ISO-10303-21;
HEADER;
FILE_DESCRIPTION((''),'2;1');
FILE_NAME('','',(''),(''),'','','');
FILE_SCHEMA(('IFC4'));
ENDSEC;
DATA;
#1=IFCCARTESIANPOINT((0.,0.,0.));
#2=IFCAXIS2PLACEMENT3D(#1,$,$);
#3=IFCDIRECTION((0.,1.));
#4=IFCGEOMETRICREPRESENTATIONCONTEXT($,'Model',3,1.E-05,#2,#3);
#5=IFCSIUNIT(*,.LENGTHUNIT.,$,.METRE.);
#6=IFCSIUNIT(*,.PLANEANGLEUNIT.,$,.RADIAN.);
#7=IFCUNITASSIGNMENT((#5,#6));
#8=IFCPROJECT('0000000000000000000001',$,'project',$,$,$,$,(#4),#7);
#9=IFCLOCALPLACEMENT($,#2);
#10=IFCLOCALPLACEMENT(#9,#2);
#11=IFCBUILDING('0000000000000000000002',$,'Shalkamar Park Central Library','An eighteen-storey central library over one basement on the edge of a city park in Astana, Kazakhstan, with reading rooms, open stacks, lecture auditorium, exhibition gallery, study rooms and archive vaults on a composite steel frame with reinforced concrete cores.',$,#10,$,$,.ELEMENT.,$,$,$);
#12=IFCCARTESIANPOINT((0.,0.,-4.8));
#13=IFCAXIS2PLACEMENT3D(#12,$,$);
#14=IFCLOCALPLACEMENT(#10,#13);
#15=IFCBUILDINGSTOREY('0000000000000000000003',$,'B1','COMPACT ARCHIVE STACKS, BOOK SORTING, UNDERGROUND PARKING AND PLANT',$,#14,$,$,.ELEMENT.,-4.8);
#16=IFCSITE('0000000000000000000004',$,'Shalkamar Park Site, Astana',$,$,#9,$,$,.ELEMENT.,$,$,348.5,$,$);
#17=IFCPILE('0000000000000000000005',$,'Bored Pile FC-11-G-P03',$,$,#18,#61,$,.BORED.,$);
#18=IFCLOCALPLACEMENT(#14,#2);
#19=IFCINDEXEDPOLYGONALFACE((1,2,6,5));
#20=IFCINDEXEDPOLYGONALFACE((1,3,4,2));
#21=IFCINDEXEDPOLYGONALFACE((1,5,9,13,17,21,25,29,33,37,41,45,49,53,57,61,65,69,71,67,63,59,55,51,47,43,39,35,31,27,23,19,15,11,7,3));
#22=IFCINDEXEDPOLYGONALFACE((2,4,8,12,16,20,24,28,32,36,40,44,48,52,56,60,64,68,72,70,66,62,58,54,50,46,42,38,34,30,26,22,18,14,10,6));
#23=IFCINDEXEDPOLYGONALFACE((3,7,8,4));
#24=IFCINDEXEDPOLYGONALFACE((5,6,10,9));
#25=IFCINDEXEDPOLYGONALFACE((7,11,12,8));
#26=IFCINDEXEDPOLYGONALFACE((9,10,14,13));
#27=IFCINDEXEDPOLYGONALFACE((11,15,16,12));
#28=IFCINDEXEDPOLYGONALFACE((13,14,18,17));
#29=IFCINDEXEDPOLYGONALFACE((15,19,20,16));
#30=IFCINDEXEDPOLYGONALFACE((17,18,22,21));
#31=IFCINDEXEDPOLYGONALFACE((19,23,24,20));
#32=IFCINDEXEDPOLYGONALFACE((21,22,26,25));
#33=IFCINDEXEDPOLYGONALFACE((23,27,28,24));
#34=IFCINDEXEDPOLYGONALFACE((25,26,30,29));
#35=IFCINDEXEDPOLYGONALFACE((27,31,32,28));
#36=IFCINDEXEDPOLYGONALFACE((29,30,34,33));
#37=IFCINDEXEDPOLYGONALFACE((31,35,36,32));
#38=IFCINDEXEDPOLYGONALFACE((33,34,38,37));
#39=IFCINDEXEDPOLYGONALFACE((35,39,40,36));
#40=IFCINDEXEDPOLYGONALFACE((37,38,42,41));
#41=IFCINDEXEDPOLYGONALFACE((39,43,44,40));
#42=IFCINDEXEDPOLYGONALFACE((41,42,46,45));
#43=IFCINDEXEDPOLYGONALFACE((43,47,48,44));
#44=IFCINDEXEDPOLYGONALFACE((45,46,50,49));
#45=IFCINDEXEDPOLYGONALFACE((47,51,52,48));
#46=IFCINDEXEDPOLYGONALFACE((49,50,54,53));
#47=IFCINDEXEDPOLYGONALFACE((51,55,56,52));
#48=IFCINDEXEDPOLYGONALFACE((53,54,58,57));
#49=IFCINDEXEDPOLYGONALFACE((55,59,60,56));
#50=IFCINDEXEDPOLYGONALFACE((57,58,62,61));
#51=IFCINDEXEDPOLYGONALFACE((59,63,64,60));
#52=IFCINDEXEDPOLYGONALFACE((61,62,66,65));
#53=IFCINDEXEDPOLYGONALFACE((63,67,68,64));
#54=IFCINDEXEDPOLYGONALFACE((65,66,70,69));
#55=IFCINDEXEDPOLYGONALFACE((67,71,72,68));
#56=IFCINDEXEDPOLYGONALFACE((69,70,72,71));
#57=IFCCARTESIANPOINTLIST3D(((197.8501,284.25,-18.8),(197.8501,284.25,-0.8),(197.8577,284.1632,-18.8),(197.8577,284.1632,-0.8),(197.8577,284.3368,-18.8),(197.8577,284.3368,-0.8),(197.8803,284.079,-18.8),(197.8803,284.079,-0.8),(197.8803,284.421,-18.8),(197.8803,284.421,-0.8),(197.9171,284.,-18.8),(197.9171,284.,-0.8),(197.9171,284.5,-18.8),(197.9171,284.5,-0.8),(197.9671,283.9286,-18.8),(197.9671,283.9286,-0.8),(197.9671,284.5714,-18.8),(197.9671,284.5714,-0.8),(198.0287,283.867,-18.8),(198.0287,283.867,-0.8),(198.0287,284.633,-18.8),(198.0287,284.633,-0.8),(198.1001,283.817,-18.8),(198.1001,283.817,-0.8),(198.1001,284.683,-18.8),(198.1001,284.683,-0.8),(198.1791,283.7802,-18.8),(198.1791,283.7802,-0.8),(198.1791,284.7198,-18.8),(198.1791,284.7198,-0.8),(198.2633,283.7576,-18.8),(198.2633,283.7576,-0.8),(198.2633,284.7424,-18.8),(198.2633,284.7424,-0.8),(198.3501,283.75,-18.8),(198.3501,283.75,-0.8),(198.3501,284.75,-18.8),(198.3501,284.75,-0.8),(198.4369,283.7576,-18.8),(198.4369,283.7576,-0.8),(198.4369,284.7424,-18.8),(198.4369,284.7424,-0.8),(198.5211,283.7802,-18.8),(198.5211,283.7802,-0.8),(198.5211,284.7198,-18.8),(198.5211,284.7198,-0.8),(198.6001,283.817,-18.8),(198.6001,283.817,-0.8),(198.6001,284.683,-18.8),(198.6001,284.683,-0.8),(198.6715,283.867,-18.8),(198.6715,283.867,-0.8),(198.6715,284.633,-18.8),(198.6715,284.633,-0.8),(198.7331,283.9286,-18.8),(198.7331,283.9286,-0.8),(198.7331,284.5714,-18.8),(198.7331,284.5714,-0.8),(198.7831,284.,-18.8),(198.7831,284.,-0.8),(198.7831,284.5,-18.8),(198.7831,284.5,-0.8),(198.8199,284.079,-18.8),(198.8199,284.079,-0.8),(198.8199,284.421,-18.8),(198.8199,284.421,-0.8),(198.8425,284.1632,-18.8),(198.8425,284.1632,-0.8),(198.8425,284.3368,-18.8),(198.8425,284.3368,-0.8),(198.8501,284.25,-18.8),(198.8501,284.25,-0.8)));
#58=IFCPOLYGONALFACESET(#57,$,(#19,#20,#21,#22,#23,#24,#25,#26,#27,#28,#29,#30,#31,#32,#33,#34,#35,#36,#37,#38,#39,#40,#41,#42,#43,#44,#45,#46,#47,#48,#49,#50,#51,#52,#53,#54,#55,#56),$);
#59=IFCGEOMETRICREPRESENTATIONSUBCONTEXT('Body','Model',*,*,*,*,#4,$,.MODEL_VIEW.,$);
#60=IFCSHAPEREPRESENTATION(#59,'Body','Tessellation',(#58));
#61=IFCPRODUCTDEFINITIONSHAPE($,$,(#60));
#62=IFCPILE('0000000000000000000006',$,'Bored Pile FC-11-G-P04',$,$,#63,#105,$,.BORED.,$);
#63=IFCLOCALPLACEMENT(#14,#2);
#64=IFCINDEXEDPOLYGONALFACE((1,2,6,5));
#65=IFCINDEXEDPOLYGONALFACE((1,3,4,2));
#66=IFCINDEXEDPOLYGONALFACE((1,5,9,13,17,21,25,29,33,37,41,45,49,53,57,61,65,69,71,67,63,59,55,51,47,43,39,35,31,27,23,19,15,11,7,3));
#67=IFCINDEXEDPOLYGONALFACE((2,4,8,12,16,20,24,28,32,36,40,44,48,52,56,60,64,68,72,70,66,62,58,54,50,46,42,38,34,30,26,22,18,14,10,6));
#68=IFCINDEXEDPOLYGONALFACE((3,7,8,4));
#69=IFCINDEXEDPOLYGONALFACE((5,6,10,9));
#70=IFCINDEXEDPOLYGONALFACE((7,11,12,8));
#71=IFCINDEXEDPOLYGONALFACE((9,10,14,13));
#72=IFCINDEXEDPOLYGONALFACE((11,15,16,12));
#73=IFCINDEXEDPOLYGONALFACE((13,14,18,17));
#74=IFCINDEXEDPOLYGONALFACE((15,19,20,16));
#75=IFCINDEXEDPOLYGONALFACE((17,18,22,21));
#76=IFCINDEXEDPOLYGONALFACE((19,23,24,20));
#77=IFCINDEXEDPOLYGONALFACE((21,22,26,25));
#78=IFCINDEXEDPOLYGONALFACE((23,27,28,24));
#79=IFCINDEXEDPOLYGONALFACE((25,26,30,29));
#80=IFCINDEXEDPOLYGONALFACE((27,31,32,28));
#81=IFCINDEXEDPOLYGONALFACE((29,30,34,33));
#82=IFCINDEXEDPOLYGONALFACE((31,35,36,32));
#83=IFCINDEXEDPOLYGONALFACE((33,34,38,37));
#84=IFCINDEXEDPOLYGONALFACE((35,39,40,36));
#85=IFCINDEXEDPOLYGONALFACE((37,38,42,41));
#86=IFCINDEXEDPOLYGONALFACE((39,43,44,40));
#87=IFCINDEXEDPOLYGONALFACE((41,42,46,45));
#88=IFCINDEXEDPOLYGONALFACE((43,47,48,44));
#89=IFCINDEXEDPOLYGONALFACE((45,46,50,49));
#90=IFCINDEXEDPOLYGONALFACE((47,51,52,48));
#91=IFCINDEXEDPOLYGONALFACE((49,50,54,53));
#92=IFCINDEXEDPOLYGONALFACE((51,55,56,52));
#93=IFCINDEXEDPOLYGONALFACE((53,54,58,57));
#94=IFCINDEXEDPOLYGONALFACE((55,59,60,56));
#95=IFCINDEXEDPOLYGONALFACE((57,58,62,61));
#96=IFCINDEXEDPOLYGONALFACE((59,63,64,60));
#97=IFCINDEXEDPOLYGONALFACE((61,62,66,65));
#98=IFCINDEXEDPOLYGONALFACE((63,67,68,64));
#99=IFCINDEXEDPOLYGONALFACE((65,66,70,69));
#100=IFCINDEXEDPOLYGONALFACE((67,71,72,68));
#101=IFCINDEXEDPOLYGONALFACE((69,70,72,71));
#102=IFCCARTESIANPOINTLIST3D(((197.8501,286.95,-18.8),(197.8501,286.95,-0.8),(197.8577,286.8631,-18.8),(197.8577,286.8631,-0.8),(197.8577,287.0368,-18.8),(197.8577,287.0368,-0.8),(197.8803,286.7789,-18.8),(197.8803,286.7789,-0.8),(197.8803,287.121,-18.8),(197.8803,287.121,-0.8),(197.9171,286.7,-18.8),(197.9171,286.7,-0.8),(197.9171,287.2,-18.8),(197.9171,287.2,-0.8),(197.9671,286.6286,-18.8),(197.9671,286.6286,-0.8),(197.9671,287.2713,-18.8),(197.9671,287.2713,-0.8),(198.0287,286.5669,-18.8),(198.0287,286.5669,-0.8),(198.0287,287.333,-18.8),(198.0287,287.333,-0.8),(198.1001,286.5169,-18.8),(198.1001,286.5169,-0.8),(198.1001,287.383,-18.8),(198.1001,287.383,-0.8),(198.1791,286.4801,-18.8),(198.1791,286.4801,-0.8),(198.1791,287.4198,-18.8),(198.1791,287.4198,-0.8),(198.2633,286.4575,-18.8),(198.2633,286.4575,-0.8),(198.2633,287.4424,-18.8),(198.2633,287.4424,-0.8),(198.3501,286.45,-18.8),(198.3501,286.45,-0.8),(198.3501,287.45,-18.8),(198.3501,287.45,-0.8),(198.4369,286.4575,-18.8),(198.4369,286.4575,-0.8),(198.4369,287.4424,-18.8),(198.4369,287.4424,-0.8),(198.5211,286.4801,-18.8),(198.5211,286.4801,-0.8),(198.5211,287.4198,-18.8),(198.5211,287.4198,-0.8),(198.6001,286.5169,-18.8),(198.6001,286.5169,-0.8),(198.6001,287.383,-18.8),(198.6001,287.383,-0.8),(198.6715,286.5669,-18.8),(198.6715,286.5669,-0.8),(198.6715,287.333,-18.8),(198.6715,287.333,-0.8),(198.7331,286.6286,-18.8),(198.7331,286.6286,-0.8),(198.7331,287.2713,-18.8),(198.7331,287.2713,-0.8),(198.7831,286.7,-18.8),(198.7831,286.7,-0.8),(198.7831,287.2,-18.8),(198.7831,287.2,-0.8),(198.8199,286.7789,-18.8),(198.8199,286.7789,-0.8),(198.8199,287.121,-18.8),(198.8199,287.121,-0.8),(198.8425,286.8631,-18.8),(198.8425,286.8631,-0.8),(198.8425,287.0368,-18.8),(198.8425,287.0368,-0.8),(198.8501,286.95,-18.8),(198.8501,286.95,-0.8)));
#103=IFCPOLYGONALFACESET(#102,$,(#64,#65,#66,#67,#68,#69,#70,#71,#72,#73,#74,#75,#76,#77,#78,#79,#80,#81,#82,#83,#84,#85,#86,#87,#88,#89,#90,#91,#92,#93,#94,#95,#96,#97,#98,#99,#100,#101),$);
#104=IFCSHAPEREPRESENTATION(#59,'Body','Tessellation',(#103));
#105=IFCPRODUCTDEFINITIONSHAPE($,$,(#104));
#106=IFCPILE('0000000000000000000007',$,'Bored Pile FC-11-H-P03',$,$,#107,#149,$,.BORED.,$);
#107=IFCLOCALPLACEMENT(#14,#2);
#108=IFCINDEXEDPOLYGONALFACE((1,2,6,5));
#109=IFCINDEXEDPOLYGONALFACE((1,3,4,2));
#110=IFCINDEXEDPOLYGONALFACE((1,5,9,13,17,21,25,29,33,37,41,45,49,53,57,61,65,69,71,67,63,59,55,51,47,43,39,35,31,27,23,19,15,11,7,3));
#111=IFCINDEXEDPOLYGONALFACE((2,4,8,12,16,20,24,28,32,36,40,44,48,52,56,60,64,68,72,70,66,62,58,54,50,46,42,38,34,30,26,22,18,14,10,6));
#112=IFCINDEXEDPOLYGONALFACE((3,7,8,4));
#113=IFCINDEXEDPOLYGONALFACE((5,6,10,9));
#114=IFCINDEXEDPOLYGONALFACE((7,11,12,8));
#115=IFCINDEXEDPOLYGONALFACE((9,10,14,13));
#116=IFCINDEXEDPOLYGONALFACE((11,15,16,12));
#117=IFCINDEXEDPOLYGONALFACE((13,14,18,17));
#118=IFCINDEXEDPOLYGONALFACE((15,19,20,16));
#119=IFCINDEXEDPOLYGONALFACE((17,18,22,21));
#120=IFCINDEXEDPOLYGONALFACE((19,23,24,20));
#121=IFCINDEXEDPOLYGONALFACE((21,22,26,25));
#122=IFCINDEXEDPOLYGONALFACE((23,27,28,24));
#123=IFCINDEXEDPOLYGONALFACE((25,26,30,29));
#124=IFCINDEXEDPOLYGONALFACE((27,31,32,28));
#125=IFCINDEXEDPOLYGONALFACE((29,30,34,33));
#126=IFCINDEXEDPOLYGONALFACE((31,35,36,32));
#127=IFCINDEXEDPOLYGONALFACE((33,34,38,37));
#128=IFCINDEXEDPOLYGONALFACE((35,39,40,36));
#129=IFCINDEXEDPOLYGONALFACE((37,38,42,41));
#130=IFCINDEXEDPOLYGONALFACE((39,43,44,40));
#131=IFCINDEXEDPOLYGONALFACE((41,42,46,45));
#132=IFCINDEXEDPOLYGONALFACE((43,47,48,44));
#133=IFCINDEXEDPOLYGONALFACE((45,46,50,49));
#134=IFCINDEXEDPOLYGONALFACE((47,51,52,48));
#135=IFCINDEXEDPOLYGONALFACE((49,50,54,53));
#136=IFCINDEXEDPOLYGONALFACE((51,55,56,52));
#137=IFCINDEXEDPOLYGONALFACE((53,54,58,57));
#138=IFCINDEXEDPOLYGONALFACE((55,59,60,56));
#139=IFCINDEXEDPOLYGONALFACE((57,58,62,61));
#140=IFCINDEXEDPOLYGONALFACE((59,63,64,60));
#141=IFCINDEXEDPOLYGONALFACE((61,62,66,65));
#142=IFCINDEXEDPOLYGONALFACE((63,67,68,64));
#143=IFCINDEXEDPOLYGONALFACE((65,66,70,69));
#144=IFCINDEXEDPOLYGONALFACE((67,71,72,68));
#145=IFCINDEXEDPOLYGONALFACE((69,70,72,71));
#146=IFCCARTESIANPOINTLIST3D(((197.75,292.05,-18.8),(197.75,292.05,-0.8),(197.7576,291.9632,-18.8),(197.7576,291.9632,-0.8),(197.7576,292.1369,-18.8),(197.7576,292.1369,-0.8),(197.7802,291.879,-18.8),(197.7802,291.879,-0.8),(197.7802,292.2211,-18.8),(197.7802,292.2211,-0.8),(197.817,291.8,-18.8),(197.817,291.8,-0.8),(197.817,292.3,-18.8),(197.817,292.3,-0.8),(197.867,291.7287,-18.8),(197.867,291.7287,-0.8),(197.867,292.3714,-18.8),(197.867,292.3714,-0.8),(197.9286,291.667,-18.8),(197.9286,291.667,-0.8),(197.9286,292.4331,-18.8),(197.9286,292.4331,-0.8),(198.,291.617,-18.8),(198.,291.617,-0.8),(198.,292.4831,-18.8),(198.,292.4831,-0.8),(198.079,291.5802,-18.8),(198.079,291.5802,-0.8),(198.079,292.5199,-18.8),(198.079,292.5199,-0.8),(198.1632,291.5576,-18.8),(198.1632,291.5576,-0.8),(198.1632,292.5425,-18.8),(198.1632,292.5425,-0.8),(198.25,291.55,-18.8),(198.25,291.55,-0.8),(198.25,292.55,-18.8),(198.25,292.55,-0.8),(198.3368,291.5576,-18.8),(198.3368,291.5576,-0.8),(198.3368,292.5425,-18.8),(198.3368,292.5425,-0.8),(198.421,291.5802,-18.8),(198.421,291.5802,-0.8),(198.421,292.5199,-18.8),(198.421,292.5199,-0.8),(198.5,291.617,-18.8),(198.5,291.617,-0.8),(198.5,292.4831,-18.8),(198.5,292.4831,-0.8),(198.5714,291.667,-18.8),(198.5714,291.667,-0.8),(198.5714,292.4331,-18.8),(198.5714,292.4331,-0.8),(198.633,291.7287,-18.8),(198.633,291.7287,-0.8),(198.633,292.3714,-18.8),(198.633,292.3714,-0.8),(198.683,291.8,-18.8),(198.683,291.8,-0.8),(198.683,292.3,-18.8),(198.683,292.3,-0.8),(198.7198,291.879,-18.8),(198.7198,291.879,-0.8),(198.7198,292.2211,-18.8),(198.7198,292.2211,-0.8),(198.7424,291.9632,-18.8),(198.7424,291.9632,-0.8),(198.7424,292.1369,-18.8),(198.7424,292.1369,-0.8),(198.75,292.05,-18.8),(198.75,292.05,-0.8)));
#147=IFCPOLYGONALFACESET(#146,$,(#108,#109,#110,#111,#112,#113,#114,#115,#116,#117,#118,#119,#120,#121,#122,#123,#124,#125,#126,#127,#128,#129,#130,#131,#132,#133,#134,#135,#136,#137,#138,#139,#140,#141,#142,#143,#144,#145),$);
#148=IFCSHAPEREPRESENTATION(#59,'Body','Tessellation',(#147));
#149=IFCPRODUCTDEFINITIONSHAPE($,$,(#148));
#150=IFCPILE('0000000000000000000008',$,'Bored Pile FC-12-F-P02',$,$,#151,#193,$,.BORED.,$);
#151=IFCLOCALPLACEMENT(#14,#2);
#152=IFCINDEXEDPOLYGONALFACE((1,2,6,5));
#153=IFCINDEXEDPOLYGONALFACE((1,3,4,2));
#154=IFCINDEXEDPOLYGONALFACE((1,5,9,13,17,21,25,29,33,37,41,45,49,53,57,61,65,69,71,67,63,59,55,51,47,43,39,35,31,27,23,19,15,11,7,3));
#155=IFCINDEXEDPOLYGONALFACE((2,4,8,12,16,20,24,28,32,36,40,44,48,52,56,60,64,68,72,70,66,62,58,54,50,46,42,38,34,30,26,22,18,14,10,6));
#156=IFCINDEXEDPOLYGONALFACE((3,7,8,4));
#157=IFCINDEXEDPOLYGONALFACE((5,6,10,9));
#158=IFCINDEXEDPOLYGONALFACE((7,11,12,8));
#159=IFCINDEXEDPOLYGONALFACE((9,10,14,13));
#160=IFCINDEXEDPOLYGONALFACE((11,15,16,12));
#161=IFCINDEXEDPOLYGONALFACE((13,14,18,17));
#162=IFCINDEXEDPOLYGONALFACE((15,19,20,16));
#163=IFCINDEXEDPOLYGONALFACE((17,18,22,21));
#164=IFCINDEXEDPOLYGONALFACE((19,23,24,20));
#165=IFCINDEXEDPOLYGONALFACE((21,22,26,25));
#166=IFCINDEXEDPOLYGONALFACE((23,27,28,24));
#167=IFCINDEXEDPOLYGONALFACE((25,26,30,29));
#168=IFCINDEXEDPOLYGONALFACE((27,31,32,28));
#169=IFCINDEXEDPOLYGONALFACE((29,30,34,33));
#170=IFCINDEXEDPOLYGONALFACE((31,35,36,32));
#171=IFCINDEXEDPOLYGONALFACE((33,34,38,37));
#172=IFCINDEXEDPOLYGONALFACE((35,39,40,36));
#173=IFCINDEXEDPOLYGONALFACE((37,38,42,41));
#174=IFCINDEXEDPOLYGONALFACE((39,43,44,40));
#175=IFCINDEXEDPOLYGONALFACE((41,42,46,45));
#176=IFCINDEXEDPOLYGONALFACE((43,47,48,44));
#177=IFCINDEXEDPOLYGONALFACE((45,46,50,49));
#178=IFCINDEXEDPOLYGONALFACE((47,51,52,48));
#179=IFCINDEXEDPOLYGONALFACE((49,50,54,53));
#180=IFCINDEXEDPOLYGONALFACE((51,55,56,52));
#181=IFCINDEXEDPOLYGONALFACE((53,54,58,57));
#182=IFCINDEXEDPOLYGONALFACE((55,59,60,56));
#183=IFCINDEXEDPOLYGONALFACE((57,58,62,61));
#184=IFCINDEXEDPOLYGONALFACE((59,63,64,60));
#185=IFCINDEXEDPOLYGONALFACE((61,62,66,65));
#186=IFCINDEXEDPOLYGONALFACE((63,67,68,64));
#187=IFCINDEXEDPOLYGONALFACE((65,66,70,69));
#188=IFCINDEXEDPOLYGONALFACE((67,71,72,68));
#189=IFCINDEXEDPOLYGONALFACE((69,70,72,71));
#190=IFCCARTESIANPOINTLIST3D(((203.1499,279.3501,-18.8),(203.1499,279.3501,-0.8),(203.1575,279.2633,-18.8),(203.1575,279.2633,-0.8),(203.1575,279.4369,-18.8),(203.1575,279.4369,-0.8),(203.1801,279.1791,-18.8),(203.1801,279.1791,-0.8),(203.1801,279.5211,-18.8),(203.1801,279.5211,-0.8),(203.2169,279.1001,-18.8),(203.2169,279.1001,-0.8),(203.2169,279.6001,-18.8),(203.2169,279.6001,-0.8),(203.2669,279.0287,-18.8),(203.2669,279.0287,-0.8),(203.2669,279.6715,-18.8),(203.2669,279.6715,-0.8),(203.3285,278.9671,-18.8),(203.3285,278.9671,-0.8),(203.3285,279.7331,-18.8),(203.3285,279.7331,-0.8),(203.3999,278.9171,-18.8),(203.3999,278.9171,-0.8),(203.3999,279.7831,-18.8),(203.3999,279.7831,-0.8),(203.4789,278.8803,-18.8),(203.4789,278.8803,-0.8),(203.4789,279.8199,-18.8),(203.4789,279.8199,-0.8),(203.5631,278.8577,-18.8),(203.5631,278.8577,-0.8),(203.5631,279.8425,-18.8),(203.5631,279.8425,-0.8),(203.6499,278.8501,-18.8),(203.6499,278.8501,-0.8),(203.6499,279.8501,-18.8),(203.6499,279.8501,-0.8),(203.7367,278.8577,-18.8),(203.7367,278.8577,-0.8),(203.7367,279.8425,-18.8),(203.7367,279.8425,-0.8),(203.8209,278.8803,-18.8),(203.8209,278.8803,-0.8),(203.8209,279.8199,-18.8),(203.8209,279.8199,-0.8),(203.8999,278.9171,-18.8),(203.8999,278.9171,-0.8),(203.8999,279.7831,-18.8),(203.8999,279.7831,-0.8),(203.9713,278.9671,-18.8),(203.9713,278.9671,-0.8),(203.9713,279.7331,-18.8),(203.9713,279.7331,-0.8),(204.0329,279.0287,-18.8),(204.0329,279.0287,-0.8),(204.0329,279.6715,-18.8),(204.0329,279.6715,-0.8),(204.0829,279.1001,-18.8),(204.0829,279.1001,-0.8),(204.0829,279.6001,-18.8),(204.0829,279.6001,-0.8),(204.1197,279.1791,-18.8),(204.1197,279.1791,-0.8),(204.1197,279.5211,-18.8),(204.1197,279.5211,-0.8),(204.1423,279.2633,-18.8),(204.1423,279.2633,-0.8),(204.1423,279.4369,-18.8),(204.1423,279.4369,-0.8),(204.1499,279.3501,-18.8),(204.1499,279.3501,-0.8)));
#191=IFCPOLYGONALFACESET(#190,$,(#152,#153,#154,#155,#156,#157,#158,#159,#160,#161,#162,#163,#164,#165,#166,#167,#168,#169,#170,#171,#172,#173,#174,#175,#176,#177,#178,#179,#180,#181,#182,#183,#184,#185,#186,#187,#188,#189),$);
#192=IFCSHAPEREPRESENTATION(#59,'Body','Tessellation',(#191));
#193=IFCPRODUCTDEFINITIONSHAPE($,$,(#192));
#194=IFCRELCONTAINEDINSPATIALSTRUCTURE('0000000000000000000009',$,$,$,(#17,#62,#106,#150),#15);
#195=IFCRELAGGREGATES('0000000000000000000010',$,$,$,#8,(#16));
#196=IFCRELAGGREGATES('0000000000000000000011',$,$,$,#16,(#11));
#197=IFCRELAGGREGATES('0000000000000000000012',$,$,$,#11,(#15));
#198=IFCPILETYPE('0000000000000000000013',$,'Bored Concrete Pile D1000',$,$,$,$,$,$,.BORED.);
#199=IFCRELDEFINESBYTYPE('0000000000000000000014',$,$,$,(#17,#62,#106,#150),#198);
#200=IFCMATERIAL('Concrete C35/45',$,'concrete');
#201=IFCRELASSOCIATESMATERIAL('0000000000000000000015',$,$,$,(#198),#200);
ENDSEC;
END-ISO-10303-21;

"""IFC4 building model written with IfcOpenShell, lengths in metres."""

from ifc_helpers import new_model, si_unit, direction, frame, origin, origin_2d, place, context, subcontext, project, spatial, circle, extrude, material, material_profile, profile_set, type_object, element, save


model = new_model("IFC4")

# Units and contexts
model_context = context("Model", 3, precision=1e-05, world=origin(), true_north=direction((0.0, 1.0)))
body_context = subcontext(model_context, "Body", "Model", "MODEL_VIEW")
ifc_project = project(units=[si_unit("LENGTHUNIT", "METRE"), si_unit("PLANEANGLEUNIT", "RADIAN")], contexts=[model_context])

# Site, building, storey
site_placement = place(None, origin())
site = spatial("IfcSite", under=ifc_project, at=site_placement, Name="Shalkamar Park Site, Astana", CompositionType="ELEMENT", RefElevation=348.5)
building_placement = place(site_placement, origin())
building = spatial("IfcBuilding", under=site, at=building_placement, Name="Shalkamar Park Central Library", Description="An eighteen-storey central library over one basement on the edge of a city park in Astana, Kazakhstan, with reading rooms, open stacks, lecture auditorium, exhibition gallery, study rooms and archive vaults on a composite steel frame with reinforced concrete cores.", CompositionType="ELEMENT")
storey_placement = place(building_placement, frame((0.0, 0.0, -4.8)))
storey = spatial("IfcBuildingStorey", under=building, at=storey_placement, Name="B1", Description="COMPACT ARCHIVE STACKS, BOOK SORTING, UNDERGROUND PARKING AND PLANT", CompositionType="ELEMENT", Elevation=-4.8)

# Piles
ifc_material_1 = material(Name="Concrete C35/45", Category="concrete")
ifc_material_profile_1 = material_profile(ifc_material_1, circle(Radius=0.5, at=origin_2d()), Name="PILE D1000")
ifc_profile_set_1 = profile_set([ifc_material_profile_1], Name="Concrete C35/45")
pile_type_1 = type_object("IfcPileType", Name="Bored Concrete Pile D1000", PredefinedType="BORED", material=ifc_profile_set_1)
for number, where, z_axis, x_axis, name in (
    (1, (198.3501, 284.25, -0.8), (0.0, 0.0, -1.0), (1.0, 0.0, 0.0), "Bored Pile FC-11-G-P03"),
    (2, (198.3501, 286.95, -0.8), (0.0, 0.0, -1.0), (1.0, 0.0, 0.0), "Bored Pile FC-11-G-P04"),
    (3, (198.25, 292.05, -0.8), (0.0, 0.0, -1.0), (1.0, 0.0, 0.0), "Bored Pile FC-11-H-P03"),
    (4, (203.6499, 279.3501, -0.8), (0.0, 0.0, -1.0), (1.0, 0.0, 0.0), "Bored Pile FC-12-F-P02"),
):
    element("IfcPile", number, at=place(storey_placement, frame(where, z_axis=z_axis, x_axis=x_axis)), inside=storey, type_object=pile_type_1, Name=name, PredefinedType="BORED", context=body_context, shape_type="SweptSolid", body=[
        extrude(circle(Radius=0.5, at=origin_2d()), origin(), (0.0, 0.0, 1.0), 18.0),
    ])

save(model, "model.ifc")
